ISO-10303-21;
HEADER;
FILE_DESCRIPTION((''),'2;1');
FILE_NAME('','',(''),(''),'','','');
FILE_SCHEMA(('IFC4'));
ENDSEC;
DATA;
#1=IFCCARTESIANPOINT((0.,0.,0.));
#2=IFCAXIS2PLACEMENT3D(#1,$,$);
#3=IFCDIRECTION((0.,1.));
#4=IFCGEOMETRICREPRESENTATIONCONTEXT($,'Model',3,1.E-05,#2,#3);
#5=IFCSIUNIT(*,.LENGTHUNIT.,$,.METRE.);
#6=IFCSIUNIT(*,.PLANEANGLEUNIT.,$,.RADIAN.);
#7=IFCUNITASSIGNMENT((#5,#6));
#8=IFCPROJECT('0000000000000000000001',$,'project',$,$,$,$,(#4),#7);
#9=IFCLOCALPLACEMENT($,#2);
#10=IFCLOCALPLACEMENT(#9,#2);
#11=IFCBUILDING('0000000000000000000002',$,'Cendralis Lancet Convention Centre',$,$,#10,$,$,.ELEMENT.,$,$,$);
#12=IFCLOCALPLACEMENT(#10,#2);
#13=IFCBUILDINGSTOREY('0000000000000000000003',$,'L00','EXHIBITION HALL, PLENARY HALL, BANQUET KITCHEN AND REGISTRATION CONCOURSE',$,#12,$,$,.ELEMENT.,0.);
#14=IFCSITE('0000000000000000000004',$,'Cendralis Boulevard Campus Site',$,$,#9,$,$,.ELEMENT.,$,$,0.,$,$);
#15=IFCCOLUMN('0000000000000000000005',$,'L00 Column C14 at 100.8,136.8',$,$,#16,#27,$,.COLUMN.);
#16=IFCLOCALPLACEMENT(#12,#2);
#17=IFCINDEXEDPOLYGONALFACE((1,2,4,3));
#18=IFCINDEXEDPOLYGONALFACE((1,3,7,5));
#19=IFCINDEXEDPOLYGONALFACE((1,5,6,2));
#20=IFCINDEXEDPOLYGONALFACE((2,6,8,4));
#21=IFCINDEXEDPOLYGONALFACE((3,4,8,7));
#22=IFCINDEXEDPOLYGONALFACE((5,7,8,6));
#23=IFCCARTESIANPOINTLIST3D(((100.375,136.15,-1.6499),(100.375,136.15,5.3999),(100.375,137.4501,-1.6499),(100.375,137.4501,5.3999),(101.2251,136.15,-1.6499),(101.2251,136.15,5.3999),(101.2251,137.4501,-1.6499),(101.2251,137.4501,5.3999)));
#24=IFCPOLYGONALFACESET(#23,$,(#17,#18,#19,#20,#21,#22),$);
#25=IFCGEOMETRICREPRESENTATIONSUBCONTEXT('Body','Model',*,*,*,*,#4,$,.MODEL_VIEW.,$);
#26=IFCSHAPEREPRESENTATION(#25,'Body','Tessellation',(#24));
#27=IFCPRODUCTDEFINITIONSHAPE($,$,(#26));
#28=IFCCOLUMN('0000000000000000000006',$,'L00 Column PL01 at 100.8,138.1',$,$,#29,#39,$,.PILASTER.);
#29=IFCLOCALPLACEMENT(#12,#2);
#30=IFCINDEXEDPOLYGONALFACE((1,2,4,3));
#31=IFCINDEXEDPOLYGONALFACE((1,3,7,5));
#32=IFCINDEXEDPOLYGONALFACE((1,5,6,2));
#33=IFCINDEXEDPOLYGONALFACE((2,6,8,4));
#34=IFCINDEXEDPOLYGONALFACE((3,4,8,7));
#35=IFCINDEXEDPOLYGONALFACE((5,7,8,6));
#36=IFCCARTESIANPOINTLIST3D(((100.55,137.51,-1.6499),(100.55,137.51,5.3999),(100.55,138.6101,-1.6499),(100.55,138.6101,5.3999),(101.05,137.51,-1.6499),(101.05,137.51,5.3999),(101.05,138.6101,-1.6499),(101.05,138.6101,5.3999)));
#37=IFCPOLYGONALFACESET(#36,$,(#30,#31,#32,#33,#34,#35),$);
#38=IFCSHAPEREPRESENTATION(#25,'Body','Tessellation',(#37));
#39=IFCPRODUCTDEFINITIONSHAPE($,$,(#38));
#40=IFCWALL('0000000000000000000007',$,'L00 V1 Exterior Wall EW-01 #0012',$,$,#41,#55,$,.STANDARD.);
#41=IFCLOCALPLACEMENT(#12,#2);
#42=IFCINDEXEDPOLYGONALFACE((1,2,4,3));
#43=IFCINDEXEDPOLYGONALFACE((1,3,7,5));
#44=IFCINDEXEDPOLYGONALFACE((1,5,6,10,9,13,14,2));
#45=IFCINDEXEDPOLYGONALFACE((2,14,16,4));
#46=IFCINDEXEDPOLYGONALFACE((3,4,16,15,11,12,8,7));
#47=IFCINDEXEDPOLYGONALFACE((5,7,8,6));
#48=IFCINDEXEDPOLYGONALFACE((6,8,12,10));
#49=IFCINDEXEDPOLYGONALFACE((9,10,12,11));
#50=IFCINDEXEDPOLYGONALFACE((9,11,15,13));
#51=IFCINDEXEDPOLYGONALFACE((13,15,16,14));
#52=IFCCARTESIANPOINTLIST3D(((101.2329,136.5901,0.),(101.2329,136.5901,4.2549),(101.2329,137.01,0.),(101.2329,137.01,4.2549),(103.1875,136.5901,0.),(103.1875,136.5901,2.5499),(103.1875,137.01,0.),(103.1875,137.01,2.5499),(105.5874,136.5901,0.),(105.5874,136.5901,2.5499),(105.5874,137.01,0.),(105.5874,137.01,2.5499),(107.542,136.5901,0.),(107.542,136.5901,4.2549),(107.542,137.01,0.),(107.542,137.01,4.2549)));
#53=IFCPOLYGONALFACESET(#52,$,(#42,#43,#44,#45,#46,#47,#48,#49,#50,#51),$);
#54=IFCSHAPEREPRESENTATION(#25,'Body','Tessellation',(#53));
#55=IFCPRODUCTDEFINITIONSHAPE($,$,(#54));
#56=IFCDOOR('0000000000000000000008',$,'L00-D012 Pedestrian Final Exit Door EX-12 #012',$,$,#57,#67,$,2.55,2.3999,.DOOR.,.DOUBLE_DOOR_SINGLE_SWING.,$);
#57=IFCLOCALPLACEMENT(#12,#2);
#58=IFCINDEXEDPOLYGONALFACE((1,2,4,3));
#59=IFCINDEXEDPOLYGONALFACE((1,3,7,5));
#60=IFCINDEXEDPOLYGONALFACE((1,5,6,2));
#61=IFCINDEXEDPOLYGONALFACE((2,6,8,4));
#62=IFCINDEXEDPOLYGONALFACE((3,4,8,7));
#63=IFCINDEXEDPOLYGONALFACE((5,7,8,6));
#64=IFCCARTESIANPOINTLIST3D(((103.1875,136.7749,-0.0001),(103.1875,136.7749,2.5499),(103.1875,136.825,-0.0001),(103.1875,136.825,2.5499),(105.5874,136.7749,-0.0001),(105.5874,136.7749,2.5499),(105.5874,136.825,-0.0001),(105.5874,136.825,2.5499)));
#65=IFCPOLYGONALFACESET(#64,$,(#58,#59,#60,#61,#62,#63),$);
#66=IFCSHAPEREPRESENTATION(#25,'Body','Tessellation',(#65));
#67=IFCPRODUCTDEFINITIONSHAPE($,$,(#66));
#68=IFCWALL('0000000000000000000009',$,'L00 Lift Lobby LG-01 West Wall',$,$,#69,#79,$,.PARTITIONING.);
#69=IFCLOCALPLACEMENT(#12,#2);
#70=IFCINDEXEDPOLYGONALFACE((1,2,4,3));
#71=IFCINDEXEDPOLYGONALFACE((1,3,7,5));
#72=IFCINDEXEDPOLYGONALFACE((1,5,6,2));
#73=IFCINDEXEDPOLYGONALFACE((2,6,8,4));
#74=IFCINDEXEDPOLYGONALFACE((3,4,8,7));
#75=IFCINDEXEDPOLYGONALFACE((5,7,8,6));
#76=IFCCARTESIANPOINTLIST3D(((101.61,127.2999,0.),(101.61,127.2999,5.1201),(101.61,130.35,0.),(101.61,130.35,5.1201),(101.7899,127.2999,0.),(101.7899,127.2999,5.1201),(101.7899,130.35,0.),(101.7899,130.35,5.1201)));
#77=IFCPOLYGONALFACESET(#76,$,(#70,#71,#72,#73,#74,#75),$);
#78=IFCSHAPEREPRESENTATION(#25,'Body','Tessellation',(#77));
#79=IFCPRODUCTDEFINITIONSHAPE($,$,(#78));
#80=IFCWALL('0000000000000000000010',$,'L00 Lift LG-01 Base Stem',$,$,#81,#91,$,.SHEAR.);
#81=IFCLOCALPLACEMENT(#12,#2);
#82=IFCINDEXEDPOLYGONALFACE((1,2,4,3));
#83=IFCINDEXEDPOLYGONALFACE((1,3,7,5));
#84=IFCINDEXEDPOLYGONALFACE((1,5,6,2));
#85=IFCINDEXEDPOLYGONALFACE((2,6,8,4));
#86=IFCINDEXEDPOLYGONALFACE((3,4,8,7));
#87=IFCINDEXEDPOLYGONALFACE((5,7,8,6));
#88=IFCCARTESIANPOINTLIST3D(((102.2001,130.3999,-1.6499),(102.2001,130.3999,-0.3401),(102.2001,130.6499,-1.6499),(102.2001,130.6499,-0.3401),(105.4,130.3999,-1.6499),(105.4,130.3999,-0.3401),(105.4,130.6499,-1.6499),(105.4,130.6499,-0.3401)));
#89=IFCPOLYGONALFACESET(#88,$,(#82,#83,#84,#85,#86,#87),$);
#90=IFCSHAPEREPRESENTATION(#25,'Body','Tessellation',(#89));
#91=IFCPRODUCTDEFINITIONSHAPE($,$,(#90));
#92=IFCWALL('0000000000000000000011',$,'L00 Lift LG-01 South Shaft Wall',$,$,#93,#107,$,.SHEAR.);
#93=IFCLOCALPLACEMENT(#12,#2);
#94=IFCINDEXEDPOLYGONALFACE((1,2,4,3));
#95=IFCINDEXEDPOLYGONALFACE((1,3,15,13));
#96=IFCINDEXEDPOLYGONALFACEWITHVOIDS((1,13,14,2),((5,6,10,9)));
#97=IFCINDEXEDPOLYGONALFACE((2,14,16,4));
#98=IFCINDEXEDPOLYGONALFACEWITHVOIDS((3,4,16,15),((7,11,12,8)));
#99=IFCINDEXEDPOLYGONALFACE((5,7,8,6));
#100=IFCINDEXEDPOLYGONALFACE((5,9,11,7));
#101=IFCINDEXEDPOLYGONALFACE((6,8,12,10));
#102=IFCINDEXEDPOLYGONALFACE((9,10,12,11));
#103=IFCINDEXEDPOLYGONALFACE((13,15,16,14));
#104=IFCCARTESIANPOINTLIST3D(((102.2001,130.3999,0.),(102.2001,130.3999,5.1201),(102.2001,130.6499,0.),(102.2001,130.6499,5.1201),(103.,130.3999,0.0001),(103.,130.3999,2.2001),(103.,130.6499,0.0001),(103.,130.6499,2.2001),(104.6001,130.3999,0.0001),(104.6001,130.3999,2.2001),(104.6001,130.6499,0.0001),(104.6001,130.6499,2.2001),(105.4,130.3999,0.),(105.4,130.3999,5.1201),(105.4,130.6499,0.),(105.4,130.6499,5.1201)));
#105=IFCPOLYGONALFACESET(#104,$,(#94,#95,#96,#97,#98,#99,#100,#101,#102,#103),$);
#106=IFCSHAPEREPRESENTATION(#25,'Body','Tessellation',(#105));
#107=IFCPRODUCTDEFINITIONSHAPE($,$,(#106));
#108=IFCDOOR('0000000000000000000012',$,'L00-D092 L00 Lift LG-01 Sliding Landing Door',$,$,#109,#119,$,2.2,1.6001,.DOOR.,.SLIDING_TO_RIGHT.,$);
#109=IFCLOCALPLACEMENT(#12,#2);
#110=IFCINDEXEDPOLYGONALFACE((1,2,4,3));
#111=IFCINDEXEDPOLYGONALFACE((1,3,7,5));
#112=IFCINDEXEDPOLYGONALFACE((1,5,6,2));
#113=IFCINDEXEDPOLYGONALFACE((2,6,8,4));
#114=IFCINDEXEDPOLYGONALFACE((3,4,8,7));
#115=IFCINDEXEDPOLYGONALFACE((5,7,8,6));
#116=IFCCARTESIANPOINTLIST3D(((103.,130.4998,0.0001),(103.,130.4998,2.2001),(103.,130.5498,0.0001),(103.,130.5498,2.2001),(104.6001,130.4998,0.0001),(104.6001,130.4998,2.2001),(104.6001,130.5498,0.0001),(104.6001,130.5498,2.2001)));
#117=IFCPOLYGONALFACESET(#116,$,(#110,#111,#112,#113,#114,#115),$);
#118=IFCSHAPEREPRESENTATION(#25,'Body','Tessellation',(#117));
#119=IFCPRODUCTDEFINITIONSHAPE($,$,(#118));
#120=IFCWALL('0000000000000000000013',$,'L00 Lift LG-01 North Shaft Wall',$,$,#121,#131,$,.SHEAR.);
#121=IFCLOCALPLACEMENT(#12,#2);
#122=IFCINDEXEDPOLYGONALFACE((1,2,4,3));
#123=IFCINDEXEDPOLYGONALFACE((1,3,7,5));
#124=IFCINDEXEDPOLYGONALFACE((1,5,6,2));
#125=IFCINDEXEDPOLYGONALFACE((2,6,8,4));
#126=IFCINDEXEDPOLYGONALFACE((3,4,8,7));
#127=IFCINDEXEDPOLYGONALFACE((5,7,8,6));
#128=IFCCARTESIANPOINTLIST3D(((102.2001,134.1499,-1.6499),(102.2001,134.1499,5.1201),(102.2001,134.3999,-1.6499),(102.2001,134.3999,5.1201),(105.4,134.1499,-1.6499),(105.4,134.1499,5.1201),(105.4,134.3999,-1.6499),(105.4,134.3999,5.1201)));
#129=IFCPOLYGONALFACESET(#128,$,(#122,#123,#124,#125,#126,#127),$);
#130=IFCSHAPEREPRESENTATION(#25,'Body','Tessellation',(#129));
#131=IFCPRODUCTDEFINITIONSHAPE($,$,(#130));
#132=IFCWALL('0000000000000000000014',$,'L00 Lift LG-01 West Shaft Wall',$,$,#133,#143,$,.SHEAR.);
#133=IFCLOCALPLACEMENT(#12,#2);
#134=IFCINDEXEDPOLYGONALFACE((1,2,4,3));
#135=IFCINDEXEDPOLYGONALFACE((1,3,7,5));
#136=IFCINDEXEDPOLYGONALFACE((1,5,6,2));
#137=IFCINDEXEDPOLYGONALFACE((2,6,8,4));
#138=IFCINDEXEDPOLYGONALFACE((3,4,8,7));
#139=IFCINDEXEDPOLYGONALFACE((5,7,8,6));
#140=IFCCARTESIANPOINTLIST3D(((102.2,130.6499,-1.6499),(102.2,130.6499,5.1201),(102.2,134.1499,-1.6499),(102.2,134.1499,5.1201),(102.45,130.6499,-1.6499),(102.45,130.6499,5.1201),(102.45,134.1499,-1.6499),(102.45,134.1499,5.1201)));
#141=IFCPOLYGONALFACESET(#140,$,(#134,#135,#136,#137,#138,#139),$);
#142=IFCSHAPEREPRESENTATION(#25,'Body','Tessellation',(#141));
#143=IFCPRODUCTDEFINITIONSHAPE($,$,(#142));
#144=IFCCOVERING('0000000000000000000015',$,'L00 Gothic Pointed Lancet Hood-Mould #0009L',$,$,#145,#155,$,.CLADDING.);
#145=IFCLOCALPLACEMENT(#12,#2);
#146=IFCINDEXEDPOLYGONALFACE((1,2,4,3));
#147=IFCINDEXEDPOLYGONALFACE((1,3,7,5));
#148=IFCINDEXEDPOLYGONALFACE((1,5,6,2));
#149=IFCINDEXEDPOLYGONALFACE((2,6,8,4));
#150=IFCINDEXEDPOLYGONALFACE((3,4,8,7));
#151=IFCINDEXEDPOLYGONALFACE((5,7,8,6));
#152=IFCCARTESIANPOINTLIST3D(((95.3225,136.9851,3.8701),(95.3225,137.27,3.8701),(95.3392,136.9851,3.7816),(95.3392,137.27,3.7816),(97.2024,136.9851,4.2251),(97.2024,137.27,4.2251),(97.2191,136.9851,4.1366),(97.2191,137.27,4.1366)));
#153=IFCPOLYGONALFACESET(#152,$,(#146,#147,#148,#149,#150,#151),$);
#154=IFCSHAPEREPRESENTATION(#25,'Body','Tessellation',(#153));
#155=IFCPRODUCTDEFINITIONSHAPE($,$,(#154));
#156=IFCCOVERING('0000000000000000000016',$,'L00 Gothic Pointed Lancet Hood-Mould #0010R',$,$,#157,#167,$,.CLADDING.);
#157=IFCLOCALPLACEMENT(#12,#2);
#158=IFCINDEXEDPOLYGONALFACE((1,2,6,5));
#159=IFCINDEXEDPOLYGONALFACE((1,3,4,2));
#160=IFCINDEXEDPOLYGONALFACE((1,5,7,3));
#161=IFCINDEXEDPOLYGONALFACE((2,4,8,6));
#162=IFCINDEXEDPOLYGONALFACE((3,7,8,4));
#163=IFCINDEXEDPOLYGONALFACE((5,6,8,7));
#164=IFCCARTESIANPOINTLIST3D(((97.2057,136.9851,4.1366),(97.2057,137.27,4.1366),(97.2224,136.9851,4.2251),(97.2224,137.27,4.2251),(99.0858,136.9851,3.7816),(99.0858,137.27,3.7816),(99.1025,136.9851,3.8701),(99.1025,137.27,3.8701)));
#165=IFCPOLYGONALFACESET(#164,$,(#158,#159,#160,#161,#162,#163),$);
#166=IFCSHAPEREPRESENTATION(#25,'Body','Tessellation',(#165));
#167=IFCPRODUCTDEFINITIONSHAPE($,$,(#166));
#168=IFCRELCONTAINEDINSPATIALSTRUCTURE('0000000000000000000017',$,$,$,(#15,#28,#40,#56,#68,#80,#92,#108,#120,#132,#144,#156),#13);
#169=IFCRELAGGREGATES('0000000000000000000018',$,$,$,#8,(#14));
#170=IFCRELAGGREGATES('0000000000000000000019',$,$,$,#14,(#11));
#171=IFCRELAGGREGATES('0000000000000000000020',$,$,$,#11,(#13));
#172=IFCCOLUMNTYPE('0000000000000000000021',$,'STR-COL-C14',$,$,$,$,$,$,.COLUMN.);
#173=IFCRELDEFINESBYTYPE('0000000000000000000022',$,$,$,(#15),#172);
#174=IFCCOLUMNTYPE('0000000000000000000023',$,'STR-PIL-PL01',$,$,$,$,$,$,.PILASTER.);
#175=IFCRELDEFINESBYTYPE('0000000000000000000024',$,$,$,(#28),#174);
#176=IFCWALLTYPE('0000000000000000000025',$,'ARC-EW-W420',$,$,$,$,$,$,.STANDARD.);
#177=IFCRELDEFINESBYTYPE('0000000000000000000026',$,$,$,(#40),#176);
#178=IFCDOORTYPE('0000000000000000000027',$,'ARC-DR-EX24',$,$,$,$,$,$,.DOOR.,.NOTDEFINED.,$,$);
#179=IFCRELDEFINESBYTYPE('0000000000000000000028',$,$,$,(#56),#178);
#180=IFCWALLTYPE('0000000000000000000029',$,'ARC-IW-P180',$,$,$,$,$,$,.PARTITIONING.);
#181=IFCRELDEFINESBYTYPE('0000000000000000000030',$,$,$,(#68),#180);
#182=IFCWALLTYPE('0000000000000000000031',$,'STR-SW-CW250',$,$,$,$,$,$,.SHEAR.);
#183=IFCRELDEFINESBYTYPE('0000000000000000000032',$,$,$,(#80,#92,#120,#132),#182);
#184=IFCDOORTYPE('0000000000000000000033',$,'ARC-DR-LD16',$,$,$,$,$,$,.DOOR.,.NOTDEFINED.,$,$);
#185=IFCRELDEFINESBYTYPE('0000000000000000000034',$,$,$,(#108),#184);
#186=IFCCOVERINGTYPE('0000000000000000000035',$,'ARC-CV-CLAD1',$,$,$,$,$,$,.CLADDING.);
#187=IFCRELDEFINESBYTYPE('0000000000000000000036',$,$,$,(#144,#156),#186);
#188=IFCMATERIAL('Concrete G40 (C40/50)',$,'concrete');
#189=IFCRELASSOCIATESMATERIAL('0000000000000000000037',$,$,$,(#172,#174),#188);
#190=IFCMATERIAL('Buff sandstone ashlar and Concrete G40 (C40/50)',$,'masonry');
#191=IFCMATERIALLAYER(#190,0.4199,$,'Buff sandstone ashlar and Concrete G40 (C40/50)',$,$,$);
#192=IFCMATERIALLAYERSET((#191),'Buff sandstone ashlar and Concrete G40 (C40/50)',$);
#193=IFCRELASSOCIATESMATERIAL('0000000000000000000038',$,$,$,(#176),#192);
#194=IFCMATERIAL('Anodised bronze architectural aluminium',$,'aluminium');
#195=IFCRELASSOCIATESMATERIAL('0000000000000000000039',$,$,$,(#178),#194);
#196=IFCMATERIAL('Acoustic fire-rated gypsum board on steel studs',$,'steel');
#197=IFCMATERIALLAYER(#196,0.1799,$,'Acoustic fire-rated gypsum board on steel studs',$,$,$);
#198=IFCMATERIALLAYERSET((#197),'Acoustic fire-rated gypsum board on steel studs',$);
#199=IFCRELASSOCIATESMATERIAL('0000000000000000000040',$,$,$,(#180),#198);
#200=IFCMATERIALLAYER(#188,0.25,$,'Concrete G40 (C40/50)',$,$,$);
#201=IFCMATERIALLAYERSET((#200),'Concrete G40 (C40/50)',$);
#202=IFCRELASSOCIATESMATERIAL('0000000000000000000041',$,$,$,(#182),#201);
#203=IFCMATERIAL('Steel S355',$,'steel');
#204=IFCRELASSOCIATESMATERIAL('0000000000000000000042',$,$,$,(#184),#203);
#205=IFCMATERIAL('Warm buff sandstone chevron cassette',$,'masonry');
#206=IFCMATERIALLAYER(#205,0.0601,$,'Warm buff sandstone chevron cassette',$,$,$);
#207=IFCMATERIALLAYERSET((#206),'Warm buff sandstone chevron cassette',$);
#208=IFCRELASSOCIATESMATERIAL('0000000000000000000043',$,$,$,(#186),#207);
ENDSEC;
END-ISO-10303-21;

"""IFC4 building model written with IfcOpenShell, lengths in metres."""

from ifc_helpers import new_model, si_unit, direction, frame, frame_2d, origin, origin_2d, place, context, subcontext, project, spatial, polyline, rectangle, outline, extrude, material, layer, layer_set, material_profile, profile_set, type_object, element, fill, save


model = new_model("IFC4")

# Units and contexts
model_context = context("Model", 3, precision=1e-05, world=origin(), true_north=direction((0.0, 1.0)))
body_context = subcontext(model_context, "Body", "Model", "MODEL_VIEW")
ifc_project = project(units=[si_unit("LENGTHUNIT", "METRE"), si_unit("PLANEANGLEUNIT", "RADIAN")], contexts=[model_context])

# Site, building, storey
site_placement = place(None, origin())
site = spatial("IfcSite", under=ifc_project, at=site_placement, Name="Cendralis Boulevard Campus Site", CompositionType="ELEMENT", RefElevation=0.0)
building_placement = place(site_placement, origin())
building = spatial("IfcBuilding", under=site, at=building_placement, Name="Cendralis Lancet Convention Centre", CompositionType="ELEMENT")
storey_placement = place(building_placement, origin())
storey = spatial("IfcBuildingStorey", under=building, at=storey_placement, Name="L00", Description="EXHIBITION HALL, PLENARY HALL, BANQUET KITCHEN AND REGISTRATION CONCOURSE", CompositionType="ELEMENT", Elevation=0.0)

# Columns
ifc_material_1 = material(Name="Concrete G40 (C40/50)", Category="concrete")
ifc_material_profile_1 = material_profile(ifc_material_1, rectangle(XDim=0.8501, YDim=1.3, at=origin_2d()), Name="RC 850x1300")
ifc_profile_set_1 = profile_set([ifc_material_profile_1], Name="Concrete G40 (C40/50)")
column_type_1 = type_object("IfcColumnType", Name="STR-COL-C14", PredefinedType="COLUMN", material=ifc_profile_set_1)
column_1_placement = place(storey_placement, frame((100.8, 136.8, -1.6499), z_axis=(0.0, 0.0, 1.0), x_axis=(1.0, 0.0, 0.0)))
element("IfcColumn", 1, at=column_1_placement, inside=storey, type_object=column_type_1, Name="L00 Column C14 at 100.8,136.8", PredefinedType="COLUMN", context=body_context, shape_type="SweptSolid", body=[
    extrude(rectangle(XDim=0.8501, YDim=1.3, at=origin_2d()), origin(), (0.0, 0.0, 1.0), 7.0498),
])
ifc_material_profile_2 = material_profile(ifc_material_1, rectangle(XDim=0.5, YDim=1.1001, at=origin_2d()), Name="RC 500x1100")
ifc_profile_set_2 = profile_set([ifc_material_profile_2], Name="Concrete G40 (C40/50)")
column_type_2 = type_object("IfcColumnType", Name="STR-PIL-PL01", PredefinedType="PILASTER", material=ifc_profile_set_2)
column_2_placement = place(storey_placement, frame((100.8, 138.0601, -1.6499), z_axis=(0.0, 0.0, 1.0), x_axis=(1.0, 0.0, 0.0)))
element("IfcColumn", 2, at=column_2_placement, inside=storey, type_object=column_type_2, Name="L00 Column PL01 at 100.8,138.1", PredefinedType="PILASTER", context=body_context, shape_type="SweptSolid", body=[
    extrude(rectangle(XDim=0.5, YDim=1.1001, at=origin_2d()), origin(), (0.0, 0.0, 1.0), 7.0498),
])

# Wall, opening, door
ifc_material_2 = material(Name="Buff sandstone ashlar and Concrete G40 (C40/50)", Category="masonry")
ifc_layer_1 = layer(ifc_material_2, 0.4199, Name="Buff sandstone ashlar and Concrete G40 (C40/50)")
ifc_layer_set_1 = layer_set([ifc_layer_1], Name="Buff sandstone ashlar and Concrete G40 (C40/50)")
wall_type_1 = type_object("IfcWallType", Name="ARC-EW-W420", PredefinedType="STANDARD", material=ifc_layer_set_1)
wall_1_placement = place(storey_placement, frame((101.2329, 136.8, 0.0), z_axis=(0.0, 0.0, 1.0), x_axis=(1.0, 0.0, 0.0)))
wall_1 = element("IfcWall", 3, at=wall_1_placement, inside=storey, type_object=wall_type_1, Name="L00 V1 Exterior Wall EW-01 #0012", PredefinedType="STANDARD", context=body_context, shape_type="SweptSolid", body=[
    extrude(rectangle(XDim=6.3091, YDim=0.4199, at=frame_2d((3.1545, 0.0))), origin(), (0.0, 0.0, 1.0), 4.2549),
])
opening_1_placement = place(wall_1_placement, frame((1.9546, 0.0, 0.0)))
opening_1 = element("IfcOpeningElement", 4, at=opening_1_placement, cuts=wall_1, PredefinedType="OPENING", context=body_context, shape_type="SweptSolid", body=[
    extrude(rectangle(XDim=2.3999, YDim=2.55, at=frame_2d((1.2, 1.2749))), frame((0.0, 0.22, 0.0), z_axis=(0.0, -1.0, 0.0), x_axis=(1.0, 0.0, 0.0)), (0.0, 0.0, 1.0), 0.4399),
])
ifc_material_3 = material(Name="Anodised bronze architectural aluminium", Category="aluminium")
door_type_1 = type_object("IfcDoorType", Name="ARC-DR-EX24", OperationType="NOTDEFINED", PredefinedType="DOOR", material=ifc_material_3)
door_1_placement = place(opening_1_placement, origin())
door_1 = element("IfcDoor", 5, at=door_1_placement, inside=storey, type_object=door_type_1, Name="L00-D012 Pedestrian Final Exit Door EX-12 #012", OperationType="DOUBLE_DOOR_SINGLE_SWING", OverallHeight=2.55, OverallWidth=2.3999, PredefinedType="DOOR", context=body_context, shape_type="SweptSolid", body=[
    extrude(rectangle(XDim=2.3999, YDim=2.55, at=frame_2d((1.2, 1.2749))), frame((0.0, 0.0249, 0.0), z_axis=(0.0, -1.0, 0.0), x_axis=(1.0, 0.0, 0.0)), (0.0, 0.0, 1.0), 0.05),
])
fill(opening_1, door_1)

# Walls
ifc_material_4 = material(Name="Acoustic fire-rated gypsum board on steel studs", Category="steel")
ifc_layer_2 = layer(ifc_material_4, 0.1799, Name="Acoustic fire-rated gypsum board on steel studs")
ifc_layer_set_2 = layer_set([ifc_layer_2], Name="Acoustic fire-rated gypsum board on steel studs")
wall_type_2 = type_object("IfcWallType", Name="ARC-IW-P180", PredefinedType="PARTITIONING", material=ifc_layer_set_2)
wall_2_placement = place(storey_placement, frame((101.7, 127.3, 0.0), z_axis=(0.0, 0.0, 1.0), x_axis=(0.0, 1.0, 0.0)))
element("IfcWall", 6, at=wall_2_placement, inside=storey, type_object=wall_type_2, Name="L00 Lift Lobby LG-01 West Wall", PredefinedType="PARTITIONING", context=body_context, shape_type="SweptSolid", body=[
    extrude(rectangle(XDim=3.05, YDim=0.1799, at=frame_2d((1.5249, 0.0))), origin(), (0.0, 0.0, 1.0), 5.1201),
])
ifc_layer_3 = layer(ifc_material_1, 0.25, Name="Concrete G40 (C40/50)")
ifc_layer_set_3 = layer_set([ifc_layer_3], Name="Concrete G40 (C40/50)")
wall_type_3 = type_object("IfcWallType", Name="STR-SW-CW250", PredefinedType="SHEAR", material=ifc_layer_set_3)
wall_3_placement = place(storey_placement, frame((102.2, 130.5249, -1.6499), z_axis=(0.0, 0.0, 1.0), x_axis=(1.0, 0.0, 0.0)))
element("IfcWall", 7, at=wall_3_placement, inside=storey, type_object=wall_type_3, Name="L00 Lift LG-01 Base Stem", PredefinedType="SHEAR", context=body_context, shape_type="SweptSolid", body=[
    extrude(rectangle(XDim=3.2, YDim=0.25, at=frame_2d((1.6001, 0.0))), origin(), (0.0, 0.0, 1.0), 1.3098),
])

# Wall, opening, door
wall_4_placement = place(storey_placement, frame((102.2, 130.5249, 0.0), z_axis=(0.0, 0.0, 1.0), x_axis=(1.0, 0.0, 0.0)))
wall_4 = element("IfcWall", 8, at=wall_4_placement, inside=storey, type_object=wall_type_3, Name="L00 Lift LG-01 South Shaft Wall", PredefinedType="SHEAR", context=body_context, shape_type="SweptSolid", body=[
    extrude(rectangle(XDim=3.2, YDim=0.25, at=frame_2d((1.6001, 0.0))), origin(), (0.0, 0.0, 1.0), 5.1201),
])
opening_2_placement = place(wall_4_placement, frame((0.8, 0.0, 0.0)))
opening_2 = element("IfcOpeningElement", 9, at=opening_2_placement, cuts=wall_4, PredefinedType="OPENING", context=body_context, shape_type="SweptSolid", body=[
    extrude(rectangle(XDim=1.6001, YDim=2.2, at=frame_2d((0.8, 1.1001))), frame((0.0, 0.135, 0.0), z_axis=(0.0, -1.0, 0.0), x_axis=(1.0, 0.0, 0.0)), (0.0, 0.0, 1.0), 0.27),
])
ifc_material_5 = material(Name="Steel S355", Category="steel")
door_type_2 = type_object("IfcDoorType", Name="ARC-DR-LD16", OperationType="NOTDEFINED", PredefinedType="DOOR", material=ifc_material_5)
door_2_placement = place(opening_2_placement, origin())
door_2 = element("IfcDoor", 10, at=door_2_placement, inside=storey, type_object=door_type_2, Name="L00-D092 L00 Lift LG-01 Sliding Landing Door", OperationType="SLIDING_TO_RIGHT", OverallHeight=2.2, OverallWidth=1.6001, PredefinedType="DOOR", context=body_context, shape_type="SweptSolid", body=[
    extrude(rectangle(XDim=1.6001, YDim=2.2, at=frame_2d((0.8, 1.1001))), frame((0.0, 0.0249, 0.0), z_axis=(0.0, -1.0, 0.0), x_axis=(1.0, 0.0, 0.0)), (0.0, 0.0, 1.0), 0.05),
])
fill(opening_2, door_2)

# Walls
wall_5_placement = place(storey_placement, frame((102.2, 134.2749, -1.6499), z_axis=(0.0, 0.0, 1.0), x_axis=(1.0, 0.0, 0.0)))
element("IfcWall", 11, at=wall_5_placement, inside=storey, type_object=wall_type_3, Name="L00 Lift LG-01 North Shaft Wall", PredefinedType="SHEAR", context=body_context, shape_type="SweptSolid", body=[
    extrude(rectangle(XDim=3.2, YDim=0.25, at=frame_2d((1.6001, 0.0))), origin(), (0.0, 0.0, 1.0), 6.77),
])
wall_6_placement = place(storey_placement, frame((102.325, 130.6499, -1.6499), z_axis=(0.0, 0.0, 1.0), x_axis=(0.0, 1.0, 0.0)))
element("IfcWall", 12, at=wall_6_placement, inside=storey, type_object=wall_type_3, Name="L00 Lift LG-01 West Shaft Wall", PredefinedType="SHEAR", context=body_context, shape_type="SweptSolid", body=[
    extrude(rectangle(XDim=3.5, YDim=0.25, at=frame_2d((1.75, 0.0))), origin(), (0.0, 0.0, 1.0), 6.77),
])

# Coverings
ifc_material_6 = material(Name="Warm buff sandstone chevron cassette", Category="masonry")
ifc_layer_4 = layer(ifc_material_6, 0.0601, Name="Warm buff sandstone chevron cassette")
ifc_layer_set_4 = layer_set([ifc_layer_4], Name="Warm buff sandstone chevron cassette")
covering_type = type_object("IfcCoveringType", Name="ARC-CV-CLAD1", PredefinedType="CLADDING", material=ifc_layer_set_4)
covering_1_placement = place(storey_placement, frame((95.3225, 137.27, 3.8701), z_axis=(-0.185552, 0.0, 0.982634), x_axis=(0.0, -1.0, 0.0)))
element("IfcCovering", 13, at=covering_1_placement, inside=storey, type_object=covering_type, Name="L00 Gothic Pointed Lancet Hood-Mould #0009L", PredefinedType="CLADDING", context=body_context, shape_type="SweptSolid", body=[
    extrude(outline(polyline([(0.0, 0.0), (0.2849, 0.0), (0.2849, 1.9131), (0.0, 1.9131), (0.0, 0.0)])), origin(), (0.0, 0.0, -1.0), 0.0901),
])
covering_2_placement = place(storey_placement, frame((97.2224, 137.27, 4.2251), z_axis=(0.185529, 0.0, 0.982639), x_axis=(0.0, -1.0, 0.0)))
element("IfcCovering", 14, at=covering_2_placement, inside=storey, type_object=covering_type, Name="L00 Gothic Pointed Lancet Hood-Mould #0010R", PredefinedType="CLADDING", context=body_context, shape_type="SweptSolid", body=[
    extrude(outline(polyline([(0.0, 0.0), (0.2849, 0.0), (0.2849, 1.9133), (0.0, 1.9133), (0.0, 0.0)])), origin(), (0.0, 0.0, -1.0), 0.0901),
])

save(model, "model.ifc")
